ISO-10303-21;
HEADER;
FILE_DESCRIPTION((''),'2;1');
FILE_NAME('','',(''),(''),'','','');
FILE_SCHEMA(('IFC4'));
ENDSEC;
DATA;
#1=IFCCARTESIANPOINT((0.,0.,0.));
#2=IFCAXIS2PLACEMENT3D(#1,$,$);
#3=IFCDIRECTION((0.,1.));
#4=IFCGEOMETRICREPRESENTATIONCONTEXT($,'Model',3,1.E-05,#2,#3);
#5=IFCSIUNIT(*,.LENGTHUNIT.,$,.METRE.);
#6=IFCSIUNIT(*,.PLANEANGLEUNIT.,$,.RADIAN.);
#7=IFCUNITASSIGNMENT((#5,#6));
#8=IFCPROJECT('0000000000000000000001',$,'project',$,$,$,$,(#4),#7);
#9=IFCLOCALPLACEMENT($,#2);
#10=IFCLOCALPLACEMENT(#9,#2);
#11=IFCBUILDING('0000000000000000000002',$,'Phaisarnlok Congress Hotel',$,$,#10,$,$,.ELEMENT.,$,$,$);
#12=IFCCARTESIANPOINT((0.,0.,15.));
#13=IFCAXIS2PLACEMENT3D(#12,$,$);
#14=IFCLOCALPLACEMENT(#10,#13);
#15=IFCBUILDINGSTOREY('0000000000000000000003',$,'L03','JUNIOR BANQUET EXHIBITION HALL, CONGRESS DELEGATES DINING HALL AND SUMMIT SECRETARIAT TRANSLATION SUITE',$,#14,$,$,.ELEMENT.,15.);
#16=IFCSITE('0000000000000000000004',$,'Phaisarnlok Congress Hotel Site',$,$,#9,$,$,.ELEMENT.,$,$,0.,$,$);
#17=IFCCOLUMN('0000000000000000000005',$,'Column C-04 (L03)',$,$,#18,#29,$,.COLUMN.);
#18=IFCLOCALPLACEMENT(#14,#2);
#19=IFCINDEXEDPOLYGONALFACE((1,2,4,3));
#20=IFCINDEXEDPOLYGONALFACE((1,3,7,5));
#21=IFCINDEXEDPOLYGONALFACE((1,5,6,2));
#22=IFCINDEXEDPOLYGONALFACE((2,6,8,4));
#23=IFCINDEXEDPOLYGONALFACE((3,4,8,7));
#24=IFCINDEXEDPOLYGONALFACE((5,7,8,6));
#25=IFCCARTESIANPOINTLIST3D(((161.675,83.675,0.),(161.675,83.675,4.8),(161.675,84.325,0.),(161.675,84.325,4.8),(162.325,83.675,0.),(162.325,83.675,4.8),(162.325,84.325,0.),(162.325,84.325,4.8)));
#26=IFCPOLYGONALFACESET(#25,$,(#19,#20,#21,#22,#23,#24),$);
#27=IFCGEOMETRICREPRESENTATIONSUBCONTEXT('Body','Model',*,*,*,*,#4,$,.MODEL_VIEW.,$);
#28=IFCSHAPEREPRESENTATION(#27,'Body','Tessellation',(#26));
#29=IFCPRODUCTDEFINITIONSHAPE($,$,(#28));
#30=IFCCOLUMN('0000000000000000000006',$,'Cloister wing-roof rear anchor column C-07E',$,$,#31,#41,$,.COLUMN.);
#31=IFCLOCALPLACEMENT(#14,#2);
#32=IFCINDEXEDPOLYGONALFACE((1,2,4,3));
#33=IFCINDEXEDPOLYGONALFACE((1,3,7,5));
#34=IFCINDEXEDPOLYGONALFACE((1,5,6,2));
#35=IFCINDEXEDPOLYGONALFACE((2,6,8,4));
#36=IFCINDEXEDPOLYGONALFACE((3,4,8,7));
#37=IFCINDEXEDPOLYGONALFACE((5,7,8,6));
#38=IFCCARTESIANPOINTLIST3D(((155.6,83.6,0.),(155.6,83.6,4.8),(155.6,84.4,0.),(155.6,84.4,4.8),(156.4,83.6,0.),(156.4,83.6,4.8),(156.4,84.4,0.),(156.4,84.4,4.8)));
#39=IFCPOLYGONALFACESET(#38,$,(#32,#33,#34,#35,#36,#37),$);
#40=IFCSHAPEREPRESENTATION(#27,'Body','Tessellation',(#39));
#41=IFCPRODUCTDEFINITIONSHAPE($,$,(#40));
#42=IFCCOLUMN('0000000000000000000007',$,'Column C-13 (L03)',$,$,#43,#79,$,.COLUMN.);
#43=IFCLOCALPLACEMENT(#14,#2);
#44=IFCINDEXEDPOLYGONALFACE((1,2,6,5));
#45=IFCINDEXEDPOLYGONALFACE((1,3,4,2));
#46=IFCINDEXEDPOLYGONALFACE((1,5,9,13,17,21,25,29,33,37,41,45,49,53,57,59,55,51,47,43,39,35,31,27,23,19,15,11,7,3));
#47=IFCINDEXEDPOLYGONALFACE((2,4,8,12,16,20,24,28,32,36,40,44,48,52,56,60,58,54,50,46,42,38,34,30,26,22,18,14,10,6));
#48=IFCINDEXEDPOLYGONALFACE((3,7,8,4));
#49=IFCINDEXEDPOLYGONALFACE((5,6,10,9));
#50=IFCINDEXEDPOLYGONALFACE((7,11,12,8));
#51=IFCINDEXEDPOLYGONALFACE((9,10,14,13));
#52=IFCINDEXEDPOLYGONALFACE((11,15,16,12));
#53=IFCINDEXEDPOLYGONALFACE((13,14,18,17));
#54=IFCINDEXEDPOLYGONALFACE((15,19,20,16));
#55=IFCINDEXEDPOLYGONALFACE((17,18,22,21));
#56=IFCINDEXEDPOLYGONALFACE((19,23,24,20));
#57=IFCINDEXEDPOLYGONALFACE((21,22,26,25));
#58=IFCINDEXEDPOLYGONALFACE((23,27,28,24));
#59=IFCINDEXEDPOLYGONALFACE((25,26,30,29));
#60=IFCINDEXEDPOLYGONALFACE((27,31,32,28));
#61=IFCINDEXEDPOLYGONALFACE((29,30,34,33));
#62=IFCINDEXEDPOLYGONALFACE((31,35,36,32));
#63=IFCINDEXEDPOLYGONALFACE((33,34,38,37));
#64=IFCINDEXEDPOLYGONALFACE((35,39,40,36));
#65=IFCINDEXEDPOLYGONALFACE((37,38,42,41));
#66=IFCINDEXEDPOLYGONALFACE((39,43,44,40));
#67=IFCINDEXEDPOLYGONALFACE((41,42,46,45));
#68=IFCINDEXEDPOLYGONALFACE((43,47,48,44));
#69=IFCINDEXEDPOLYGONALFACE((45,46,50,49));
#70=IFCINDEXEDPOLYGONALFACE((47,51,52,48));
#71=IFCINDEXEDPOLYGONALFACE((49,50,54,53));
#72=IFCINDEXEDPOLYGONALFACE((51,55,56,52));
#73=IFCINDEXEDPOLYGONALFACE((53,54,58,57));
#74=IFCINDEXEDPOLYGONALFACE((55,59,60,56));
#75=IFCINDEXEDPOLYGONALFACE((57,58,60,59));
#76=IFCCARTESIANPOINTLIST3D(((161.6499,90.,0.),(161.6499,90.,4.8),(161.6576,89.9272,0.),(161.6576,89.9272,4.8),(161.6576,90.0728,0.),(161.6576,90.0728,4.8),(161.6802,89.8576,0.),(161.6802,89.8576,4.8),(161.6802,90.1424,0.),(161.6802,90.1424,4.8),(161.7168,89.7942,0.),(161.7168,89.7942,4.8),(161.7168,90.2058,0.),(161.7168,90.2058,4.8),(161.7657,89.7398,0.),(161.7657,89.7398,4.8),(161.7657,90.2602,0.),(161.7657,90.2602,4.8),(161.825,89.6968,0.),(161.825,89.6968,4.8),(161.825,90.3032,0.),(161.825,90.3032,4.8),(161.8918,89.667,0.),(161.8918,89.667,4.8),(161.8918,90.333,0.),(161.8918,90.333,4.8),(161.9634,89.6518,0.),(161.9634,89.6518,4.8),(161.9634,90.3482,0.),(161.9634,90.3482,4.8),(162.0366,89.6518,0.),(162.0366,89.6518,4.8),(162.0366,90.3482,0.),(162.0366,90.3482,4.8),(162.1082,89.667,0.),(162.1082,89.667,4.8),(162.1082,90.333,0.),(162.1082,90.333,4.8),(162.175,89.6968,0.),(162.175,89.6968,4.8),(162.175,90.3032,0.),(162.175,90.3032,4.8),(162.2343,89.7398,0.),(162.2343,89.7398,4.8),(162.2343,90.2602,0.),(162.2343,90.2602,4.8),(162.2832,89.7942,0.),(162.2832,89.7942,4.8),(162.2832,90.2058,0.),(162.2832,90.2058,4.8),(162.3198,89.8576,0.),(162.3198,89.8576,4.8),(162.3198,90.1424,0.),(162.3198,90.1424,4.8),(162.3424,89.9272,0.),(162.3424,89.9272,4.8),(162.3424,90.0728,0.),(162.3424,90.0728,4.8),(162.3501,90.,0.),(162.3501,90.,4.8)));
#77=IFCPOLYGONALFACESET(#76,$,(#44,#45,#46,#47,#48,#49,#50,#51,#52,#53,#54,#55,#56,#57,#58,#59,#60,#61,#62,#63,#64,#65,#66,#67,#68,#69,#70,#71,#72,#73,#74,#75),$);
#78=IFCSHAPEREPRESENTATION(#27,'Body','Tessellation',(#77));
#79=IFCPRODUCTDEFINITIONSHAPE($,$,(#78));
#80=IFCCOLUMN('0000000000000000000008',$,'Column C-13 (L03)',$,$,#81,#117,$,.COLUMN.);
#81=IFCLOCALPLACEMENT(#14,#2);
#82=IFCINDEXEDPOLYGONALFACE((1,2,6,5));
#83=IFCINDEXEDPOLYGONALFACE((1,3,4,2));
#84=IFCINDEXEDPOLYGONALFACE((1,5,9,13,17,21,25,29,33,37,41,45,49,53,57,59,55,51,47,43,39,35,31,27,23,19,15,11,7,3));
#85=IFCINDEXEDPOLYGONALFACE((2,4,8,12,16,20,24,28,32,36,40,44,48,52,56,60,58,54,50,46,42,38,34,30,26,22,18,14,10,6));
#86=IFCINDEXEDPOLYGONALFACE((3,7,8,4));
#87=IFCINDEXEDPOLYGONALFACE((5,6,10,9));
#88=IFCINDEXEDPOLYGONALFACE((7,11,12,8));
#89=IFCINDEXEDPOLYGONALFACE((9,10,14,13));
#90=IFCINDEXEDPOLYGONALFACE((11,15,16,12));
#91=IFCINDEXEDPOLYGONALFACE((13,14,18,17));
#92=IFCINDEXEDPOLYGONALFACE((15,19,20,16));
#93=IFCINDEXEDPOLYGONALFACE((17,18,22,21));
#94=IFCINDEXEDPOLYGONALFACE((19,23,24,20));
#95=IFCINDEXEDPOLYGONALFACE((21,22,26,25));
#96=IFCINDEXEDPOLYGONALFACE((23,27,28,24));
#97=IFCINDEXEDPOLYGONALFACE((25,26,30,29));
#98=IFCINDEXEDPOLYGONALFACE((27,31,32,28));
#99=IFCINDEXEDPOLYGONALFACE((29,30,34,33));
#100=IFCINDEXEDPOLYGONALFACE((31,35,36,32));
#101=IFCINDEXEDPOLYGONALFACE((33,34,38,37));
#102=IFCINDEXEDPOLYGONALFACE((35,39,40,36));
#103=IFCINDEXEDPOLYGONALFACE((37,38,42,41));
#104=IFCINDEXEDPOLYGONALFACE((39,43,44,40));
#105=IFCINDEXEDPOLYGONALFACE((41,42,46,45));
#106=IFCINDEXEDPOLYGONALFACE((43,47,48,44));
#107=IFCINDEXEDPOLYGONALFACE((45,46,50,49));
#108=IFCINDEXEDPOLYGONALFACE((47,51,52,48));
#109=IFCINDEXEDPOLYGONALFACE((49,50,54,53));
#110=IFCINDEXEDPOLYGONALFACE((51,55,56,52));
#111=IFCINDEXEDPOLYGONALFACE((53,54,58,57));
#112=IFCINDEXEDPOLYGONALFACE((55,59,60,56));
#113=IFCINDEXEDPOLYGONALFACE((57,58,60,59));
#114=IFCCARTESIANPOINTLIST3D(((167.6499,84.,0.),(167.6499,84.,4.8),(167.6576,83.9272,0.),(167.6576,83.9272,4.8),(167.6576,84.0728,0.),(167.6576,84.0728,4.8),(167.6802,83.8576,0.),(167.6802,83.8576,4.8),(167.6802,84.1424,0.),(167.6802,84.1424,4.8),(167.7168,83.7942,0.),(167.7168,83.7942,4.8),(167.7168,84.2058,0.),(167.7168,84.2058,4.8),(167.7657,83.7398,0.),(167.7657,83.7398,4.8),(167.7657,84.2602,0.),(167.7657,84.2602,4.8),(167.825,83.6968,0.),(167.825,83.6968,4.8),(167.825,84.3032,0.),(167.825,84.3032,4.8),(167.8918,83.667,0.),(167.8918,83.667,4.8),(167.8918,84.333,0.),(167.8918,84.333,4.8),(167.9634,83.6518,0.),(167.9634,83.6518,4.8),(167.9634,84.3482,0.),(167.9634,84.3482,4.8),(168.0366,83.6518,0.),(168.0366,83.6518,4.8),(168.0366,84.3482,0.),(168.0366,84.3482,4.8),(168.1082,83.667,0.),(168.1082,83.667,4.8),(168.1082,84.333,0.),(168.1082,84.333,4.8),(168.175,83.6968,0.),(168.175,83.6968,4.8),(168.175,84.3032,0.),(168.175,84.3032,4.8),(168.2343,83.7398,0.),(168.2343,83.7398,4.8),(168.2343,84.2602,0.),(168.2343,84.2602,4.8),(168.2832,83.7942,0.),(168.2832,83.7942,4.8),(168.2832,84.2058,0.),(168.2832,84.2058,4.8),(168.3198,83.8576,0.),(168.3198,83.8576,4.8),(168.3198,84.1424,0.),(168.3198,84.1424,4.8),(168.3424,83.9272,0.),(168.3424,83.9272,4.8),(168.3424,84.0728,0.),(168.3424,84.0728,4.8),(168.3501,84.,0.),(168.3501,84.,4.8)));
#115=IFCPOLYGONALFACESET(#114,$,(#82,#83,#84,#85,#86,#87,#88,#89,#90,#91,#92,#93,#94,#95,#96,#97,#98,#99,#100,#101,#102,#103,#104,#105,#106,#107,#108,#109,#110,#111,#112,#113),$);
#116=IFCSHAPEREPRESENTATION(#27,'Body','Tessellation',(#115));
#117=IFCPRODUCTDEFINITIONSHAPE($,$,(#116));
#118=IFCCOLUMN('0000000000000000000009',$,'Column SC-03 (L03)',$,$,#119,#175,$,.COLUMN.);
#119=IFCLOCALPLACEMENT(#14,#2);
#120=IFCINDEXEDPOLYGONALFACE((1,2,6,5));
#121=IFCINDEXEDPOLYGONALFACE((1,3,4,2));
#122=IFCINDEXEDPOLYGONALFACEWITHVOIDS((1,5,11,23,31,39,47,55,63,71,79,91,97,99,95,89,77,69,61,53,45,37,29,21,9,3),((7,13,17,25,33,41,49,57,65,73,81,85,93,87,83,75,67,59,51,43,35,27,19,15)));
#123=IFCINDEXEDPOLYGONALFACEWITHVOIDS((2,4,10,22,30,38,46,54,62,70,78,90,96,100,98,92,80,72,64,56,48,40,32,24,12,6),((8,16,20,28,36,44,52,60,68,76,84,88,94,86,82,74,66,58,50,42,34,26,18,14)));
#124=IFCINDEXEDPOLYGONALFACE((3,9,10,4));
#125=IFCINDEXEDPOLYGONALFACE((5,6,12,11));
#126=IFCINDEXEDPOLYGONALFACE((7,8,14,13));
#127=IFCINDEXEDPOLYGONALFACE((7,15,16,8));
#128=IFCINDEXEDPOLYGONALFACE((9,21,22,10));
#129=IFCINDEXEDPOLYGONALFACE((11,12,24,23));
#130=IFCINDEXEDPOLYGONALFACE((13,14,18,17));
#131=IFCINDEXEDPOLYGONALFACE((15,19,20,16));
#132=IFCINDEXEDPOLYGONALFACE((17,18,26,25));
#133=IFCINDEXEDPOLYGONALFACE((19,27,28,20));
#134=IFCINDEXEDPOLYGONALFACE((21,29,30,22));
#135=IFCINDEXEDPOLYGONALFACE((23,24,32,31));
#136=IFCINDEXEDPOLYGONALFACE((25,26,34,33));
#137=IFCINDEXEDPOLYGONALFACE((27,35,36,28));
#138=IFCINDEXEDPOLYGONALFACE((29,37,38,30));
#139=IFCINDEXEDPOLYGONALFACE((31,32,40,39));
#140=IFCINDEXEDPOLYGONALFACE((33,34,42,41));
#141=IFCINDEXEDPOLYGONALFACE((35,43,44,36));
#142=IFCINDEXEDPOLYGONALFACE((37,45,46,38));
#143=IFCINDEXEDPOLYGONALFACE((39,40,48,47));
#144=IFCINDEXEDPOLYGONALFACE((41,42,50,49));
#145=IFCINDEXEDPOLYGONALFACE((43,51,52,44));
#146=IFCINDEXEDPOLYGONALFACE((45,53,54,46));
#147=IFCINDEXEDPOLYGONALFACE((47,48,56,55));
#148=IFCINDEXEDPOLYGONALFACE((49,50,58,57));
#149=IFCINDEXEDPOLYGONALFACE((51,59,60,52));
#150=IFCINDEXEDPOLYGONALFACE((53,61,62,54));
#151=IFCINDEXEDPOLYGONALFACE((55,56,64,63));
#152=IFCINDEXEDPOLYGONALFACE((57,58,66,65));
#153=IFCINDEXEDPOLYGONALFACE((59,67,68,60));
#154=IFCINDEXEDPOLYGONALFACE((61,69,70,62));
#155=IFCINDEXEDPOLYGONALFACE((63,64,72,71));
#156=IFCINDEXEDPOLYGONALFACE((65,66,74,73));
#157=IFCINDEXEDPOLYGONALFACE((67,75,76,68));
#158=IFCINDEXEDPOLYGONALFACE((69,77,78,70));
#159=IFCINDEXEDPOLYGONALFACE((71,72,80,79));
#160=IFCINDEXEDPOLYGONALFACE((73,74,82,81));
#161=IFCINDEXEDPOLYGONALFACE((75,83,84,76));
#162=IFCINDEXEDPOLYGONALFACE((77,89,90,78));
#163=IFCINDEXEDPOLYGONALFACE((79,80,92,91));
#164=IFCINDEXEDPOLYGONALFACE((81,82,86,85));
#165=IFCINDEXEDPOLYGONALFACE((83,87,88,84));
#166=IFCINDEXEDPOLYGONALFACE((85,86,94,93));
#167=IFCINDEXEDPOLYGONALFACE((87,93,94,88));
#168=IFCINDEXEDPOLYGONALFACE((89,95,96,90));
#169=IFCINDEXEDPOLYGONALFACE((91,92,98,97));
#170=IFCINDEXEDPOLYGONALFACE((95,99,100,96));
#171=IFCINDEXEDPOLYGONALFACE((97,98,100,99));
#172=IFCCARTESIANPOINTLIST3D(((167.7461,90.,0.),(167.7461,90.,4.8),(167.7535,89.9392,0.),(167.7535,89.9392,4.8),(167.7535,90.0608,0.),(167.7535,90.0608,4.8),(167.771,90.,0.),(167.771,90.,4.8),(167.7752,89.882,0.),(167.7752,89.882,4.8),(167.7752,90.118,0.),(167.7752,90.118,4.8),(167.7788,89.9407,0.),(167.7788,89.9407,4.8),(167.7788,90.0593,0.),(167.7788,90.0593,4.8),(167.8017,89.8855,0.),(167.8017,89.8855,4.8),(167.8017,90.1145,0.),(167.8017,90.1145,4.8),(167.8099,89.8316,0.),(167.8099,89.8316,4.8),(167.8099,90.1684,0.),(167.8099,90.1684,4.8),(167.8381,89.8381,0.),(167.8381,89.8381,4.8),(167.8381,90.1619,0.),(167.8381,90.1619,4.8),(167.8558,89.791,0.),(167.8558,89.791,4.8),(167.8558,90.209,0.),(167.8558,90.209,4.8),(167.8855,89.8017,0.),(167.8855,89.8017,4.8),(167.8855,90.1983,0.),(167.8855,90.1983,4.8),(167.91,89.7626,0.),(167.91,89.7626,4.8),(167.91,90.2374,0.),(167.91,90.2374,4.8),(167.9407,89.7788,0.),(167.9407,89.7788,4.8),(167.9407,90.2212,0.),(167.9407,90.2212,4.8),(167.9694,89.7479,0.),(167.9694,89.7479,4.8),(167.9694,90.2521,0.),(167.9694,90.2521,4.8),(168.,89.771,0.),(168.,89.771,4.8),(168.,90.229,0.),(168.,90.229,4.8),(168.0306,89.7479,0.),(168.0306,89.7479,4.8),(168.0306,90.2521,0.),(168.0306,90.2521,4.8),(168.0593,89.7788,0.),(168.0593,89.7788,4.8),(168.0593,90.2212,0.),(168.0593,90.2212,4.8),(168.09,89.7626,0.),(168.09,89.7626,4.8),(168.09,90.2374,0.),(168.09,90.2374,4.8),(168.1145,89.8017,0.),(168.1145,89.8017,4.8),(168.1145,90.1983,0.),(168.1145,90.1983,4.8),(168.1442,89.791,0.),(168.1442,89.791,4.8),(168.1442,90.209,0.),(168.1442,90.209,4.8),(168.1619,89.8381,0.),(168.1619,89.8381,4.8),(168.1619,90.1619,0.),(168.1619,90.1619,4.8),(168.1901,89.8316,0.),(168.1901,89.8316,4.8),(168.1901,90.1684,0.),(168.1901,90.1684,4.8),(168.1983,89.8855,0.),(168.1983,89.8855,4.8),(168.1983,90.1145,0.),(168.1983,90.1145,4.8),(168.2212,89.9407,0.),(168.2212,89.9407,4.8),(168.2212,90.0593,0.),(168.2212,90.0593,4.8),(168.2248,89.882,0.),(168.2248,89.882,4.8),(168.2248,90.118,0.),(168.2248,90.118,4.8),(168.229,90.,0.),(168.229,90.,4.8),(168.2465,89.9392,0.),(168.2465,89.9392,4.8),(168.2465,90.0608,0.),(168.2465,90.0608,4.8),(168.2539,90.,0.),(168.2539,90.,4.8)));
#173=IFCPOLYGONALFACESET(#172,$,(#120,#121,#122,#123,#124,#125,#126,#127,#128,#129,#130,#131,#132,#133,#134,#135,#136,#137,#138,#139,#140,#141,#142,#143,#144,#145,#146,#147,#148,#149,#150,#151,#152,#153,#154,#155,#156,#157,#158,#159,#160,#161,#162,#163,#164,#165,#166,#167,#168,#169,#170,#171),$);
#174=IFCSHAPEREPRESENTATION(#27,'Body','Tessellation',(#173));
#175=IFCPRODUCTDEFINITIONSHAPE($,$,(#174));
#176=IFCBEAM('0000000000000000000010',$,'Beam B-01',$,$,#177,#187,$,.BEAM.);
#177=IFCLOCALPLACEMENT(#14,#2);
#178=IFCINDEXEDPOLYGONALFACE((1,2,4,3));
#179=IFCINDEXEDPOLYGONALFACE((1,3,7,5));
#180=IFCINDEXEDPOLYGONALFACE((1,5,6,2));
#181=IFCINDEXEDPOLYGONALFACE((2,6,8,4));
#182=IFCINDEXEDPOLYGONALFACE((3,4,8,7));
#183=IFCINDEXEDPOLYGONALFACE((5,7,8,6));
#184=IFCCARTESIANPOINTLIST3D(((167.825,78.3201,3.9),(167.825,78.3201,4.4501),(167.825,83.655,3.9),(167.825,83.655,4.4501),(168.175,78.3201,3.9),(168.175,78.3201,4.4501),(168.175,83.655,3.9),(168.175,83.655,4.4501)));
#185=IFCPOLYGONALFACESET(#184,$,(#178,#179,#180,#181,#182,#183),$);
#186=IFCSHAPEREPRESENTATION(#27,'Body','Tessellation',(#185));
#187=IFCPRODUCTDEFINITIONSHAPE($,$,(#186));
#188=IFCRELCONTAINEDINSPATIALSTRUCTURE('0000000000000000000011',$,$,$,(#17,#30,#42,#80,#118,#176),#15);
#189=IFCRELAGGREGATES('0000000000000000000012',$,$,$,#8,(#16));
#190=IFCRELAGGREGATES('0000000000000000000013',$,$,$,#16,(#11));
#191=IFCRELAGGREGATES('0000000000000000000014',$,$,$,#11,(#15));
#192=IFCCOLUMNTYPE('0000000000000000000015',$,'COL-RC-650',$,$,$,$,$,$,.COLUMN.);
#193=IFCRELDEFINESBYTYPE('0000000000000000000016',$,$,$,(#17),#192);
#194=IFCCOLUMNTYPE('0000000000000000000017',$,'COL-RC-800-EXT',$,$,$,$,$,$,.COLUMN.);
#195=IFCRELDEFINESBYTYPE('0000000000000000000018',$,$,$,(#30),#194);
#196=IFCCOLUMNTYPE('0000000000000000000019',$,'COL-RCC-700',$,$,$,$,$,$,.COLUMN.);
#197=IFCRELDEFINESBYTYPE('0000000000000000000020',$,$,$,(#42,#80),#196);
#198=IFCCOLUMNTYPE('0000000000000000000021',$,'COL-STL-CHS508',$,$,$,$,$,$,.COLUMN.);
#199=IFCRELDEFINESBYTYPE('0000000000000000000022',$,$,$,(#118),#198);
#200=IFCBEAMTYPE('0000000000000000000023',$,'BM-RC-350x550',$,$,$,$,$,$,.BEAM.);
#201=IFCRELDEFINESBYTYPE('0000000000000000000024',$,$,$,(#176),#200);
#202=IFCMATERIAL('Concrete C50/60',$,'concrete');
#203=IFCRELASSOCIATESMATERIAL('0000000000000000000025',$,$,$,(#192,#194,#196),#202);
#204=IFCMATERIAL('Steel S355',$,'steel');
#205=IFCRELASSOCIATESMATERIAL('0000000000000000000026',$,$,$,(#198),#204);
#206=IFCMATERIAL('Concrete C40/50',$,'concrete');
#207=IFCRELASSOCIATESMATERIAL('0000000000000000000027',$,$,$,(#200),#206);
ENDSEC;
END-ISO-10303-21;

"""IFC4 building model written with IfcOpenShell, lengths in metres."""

from ifc_helpers import new_model, si_unit, direction, frame, origin, origin_2d, place, context, subcontext, project, spatial, rectangle, circle, hollow_circle, extrude, material, material_profile, profile_set, type_object, element, save


model = new_model("IFC4")

# Units and contexts
model_context = context("Model", 3, precision=1e-05, world=origin(), true_north=direction((0.0, 1.0)))
body_context = subcontext(model_context, "Body", "Model", "MODEL_VIEW")
ifc_project = project(units=[si_unit("LENGTHUNIT", "METRE"), si_unit("PLANEANGLEUNIT", "RADIAN")], contexts=[model_context])

# Site, building, storey
site_placement = place(None, origin())
site = spatial("IfcSite", under=ifc_project, at=site_placement, Name="Phaisarnlok Congress Hotel Site", CompositionType="ELEMENT", RefElevation=0.0)
building_placement = place(site_placement, origin())
building = spatial("IfcBuilding", under=site, at=building_placement, Name="Phaisarnlok Congress Hotel", CompositionType="ELEMENT")
storey_placement = place(building_placement, frame((0.0, 0.0, 15.0)))
storey = spatial("IfcBuildingStorey", under=building, at=storey_placement, Name="L03", Description="JUNIOR BANQUET EXHIBITION HALL, CONGRESS DELEGATES DINING HALL AND SUMMIT SECRETARIAT TRANSLATION SUITE", CompositionType="ELEMENT", Elevation=15.0)

# Columns
ifc_material_1 = material(Name="Concrete C50/60", Category="concrete")
ifc_material_profile_1 = material_profile(ifc_material_1, rectangle(XDim=0.6499, YDim=0.6499, at=origin_2d()), Name="RC 650x650")
ifc_profile_set_1 = profile_set([ifc_material_profile_1], Name="Concrete C50/60")
column_type_1 = type_object("IfcColumnType", Name="COL-RC-650", PredefinedType="COLUMN", material=ifc_profile_set_1)
column_1_placement = place(storey_placement, frame((162.0, 84.0, 0.0), z_axis=(0.0, 0.0, 1.0), x_axis=(1.0, 0.0, 0.0)))
element("IfcColumn", 1, at=column_1_placement, inside=storey, type_object=column_type_1, Name="Column C-04 (L03)", PredefinedType="COLUMN", context=body_context, shape_type="SweptSolid", body=[
    extrude(rectangle(XDim=0.6499, YDim=0.6499, at=origin_2d()), origin(), (0.0, 0.0, 1.0), 4.8),
])
ifc_material_profile_2 = material_profile(ifc_material_1, rectangle(XDim=0.8, YDim=0.8, at=origin_2d()), Name="RC 800x800")
ifc_profile_set_2 = profile_set([ifc_material_profile_2], Name="Concrete C50/60")
column_type_2 = type_object("IfcColumnType", Name="COL-RC-800-EXT", PredefinedType="COLUMN", material=ifc_profile_set_2)
column_2_placement = place(storey_placement, frame((156.0, 84.0, 0.0), z_axis=(0.0, 0.0, 1.0), x_axis=(1.0, 0.0, 0.0)))
element("IfcColumn", 2, at=column_2_placement, inside=storey, type_object=column_type_2, Name="Cloister wing-roof rear anchor column C-07E", PredefinedType="COLUMN", context=body_context, shape_type="SweptSolid", body=[
    extrude(rectangle(XDim=0.8, YDim=0.8, at=origin_2d()), origin(), (0.0, 0.0, 1.0), 4.8),
])
ifc_material_profile_3 = material_profile(ifc_material_1, circle(Radius=0.3501, at=origin_2d()), Name="RCC D700")
ifc_profile_set_3 = profile_set([ifc_material_profile_3], Name="Concrete C50/60")
column_type_3 = type_object("IfcColumnType", Name="COL-RCC-700", PredefinedType="COLUMN", material=ifc_profile_set_3)
for number, where, z_axis, x_axis, name in (
    (3, (162.0, 90.0, 0.0), (0.0, 0.0, 1.0), (1.0, 0.0, 0.0), "Column C-13 (L03)"),
    (4, (168.0, 84.0, 0.0), (0.0, 0.0, 1.0), (1.0, 0.0, 0.0), "Column C-13 (L03)"),
):
    element("IfcColumn", number, at=place(storey_placement, frame(where, z_axis=z_axis, x_axis=x_axis)), inside=storey, type_object=column_type_3, Name=name, PredefinedType="COLUMN", context=body_context, shape_type="SweptSolid", body=[
        extrude(circle(Radius=0.3501, at=origin_2d()), origin(), (0.0, 0.0, 1.0), 4.8),
    ])
ifc_material_2 = material(Name="Steel S355", Category="steel")
ifc_material_profile_4 = material_profile(ifc_material_2, hollow_circle(Radius=0.2539, WallThickness=0.0249, at=origin_2d()), Name="CHS 508x25")
ifc_profile_set_4 = profile_set([ifc_material_profile_4], Name="Steel S355")
column_type_4 = type_object("IfcColumnType", Name="COL-STL-CHS508", PredefinedType="COLUMN", material=ifc_profile_set_4)
column_3_placement = place(storey_placement, frame((168.0, 90.0, 0.0), z_axis=(0.0, 0.0, 1.0), x_axis=(1.0, 0.0, 0.0)))
element("IfcColumn", 5, at=column_3_placement, inside=storey, type_object=column_type_4, Name="Column SC-03 (L03)", PredefinedType="COLUMN", context=body_context, shape_type="SweptSolid", body=[
    extrude(hollow_circle(Radius=0.2539, WallThickness=0.0249, at=origin_2d()), origin(), (0.0, 0.0, 1.0), 4.8),
])

# Beam
ifc_material_3 = material(Name="Concrete C40/50", Category="concrete")
ifc_material_profile_5 = material_profile(ifc_material_3, rectangle(XDim=0.3501, YDim=0.55, at=origin_2d()), Name="RC 350x550")
ifc_profile_set_5 = profile_set([ifc_material_profile_5], Name="Concrete C40/50")
beam_type_1 = type_object("IfcBeamType", Name="BM-RC-350x550", PredefinedType="BEAM", material=ifc_profile_set_5)
beam_1_placement = place(storey_placement, frame((168.0, 78.3201, 4.175), z_axis=(0.0, 1.0, 0.0), x_axis=(-1.0, 0.0, 0.0)))
element("IfcBeam", 6, at=beam_1_placement, inside=storey, type_object=beam_type_1, Name="Beam B-01", PredefinedType="BEAM", context=body_context, shape_type="SweptSolid", body=[
    extrude(rectangle(XDim=0.3501, YDim=0.55, at=origin_2d()), origin(), (0.0, 0.0, 1.0), 5.335),
])

save(model, "model.ifc")
